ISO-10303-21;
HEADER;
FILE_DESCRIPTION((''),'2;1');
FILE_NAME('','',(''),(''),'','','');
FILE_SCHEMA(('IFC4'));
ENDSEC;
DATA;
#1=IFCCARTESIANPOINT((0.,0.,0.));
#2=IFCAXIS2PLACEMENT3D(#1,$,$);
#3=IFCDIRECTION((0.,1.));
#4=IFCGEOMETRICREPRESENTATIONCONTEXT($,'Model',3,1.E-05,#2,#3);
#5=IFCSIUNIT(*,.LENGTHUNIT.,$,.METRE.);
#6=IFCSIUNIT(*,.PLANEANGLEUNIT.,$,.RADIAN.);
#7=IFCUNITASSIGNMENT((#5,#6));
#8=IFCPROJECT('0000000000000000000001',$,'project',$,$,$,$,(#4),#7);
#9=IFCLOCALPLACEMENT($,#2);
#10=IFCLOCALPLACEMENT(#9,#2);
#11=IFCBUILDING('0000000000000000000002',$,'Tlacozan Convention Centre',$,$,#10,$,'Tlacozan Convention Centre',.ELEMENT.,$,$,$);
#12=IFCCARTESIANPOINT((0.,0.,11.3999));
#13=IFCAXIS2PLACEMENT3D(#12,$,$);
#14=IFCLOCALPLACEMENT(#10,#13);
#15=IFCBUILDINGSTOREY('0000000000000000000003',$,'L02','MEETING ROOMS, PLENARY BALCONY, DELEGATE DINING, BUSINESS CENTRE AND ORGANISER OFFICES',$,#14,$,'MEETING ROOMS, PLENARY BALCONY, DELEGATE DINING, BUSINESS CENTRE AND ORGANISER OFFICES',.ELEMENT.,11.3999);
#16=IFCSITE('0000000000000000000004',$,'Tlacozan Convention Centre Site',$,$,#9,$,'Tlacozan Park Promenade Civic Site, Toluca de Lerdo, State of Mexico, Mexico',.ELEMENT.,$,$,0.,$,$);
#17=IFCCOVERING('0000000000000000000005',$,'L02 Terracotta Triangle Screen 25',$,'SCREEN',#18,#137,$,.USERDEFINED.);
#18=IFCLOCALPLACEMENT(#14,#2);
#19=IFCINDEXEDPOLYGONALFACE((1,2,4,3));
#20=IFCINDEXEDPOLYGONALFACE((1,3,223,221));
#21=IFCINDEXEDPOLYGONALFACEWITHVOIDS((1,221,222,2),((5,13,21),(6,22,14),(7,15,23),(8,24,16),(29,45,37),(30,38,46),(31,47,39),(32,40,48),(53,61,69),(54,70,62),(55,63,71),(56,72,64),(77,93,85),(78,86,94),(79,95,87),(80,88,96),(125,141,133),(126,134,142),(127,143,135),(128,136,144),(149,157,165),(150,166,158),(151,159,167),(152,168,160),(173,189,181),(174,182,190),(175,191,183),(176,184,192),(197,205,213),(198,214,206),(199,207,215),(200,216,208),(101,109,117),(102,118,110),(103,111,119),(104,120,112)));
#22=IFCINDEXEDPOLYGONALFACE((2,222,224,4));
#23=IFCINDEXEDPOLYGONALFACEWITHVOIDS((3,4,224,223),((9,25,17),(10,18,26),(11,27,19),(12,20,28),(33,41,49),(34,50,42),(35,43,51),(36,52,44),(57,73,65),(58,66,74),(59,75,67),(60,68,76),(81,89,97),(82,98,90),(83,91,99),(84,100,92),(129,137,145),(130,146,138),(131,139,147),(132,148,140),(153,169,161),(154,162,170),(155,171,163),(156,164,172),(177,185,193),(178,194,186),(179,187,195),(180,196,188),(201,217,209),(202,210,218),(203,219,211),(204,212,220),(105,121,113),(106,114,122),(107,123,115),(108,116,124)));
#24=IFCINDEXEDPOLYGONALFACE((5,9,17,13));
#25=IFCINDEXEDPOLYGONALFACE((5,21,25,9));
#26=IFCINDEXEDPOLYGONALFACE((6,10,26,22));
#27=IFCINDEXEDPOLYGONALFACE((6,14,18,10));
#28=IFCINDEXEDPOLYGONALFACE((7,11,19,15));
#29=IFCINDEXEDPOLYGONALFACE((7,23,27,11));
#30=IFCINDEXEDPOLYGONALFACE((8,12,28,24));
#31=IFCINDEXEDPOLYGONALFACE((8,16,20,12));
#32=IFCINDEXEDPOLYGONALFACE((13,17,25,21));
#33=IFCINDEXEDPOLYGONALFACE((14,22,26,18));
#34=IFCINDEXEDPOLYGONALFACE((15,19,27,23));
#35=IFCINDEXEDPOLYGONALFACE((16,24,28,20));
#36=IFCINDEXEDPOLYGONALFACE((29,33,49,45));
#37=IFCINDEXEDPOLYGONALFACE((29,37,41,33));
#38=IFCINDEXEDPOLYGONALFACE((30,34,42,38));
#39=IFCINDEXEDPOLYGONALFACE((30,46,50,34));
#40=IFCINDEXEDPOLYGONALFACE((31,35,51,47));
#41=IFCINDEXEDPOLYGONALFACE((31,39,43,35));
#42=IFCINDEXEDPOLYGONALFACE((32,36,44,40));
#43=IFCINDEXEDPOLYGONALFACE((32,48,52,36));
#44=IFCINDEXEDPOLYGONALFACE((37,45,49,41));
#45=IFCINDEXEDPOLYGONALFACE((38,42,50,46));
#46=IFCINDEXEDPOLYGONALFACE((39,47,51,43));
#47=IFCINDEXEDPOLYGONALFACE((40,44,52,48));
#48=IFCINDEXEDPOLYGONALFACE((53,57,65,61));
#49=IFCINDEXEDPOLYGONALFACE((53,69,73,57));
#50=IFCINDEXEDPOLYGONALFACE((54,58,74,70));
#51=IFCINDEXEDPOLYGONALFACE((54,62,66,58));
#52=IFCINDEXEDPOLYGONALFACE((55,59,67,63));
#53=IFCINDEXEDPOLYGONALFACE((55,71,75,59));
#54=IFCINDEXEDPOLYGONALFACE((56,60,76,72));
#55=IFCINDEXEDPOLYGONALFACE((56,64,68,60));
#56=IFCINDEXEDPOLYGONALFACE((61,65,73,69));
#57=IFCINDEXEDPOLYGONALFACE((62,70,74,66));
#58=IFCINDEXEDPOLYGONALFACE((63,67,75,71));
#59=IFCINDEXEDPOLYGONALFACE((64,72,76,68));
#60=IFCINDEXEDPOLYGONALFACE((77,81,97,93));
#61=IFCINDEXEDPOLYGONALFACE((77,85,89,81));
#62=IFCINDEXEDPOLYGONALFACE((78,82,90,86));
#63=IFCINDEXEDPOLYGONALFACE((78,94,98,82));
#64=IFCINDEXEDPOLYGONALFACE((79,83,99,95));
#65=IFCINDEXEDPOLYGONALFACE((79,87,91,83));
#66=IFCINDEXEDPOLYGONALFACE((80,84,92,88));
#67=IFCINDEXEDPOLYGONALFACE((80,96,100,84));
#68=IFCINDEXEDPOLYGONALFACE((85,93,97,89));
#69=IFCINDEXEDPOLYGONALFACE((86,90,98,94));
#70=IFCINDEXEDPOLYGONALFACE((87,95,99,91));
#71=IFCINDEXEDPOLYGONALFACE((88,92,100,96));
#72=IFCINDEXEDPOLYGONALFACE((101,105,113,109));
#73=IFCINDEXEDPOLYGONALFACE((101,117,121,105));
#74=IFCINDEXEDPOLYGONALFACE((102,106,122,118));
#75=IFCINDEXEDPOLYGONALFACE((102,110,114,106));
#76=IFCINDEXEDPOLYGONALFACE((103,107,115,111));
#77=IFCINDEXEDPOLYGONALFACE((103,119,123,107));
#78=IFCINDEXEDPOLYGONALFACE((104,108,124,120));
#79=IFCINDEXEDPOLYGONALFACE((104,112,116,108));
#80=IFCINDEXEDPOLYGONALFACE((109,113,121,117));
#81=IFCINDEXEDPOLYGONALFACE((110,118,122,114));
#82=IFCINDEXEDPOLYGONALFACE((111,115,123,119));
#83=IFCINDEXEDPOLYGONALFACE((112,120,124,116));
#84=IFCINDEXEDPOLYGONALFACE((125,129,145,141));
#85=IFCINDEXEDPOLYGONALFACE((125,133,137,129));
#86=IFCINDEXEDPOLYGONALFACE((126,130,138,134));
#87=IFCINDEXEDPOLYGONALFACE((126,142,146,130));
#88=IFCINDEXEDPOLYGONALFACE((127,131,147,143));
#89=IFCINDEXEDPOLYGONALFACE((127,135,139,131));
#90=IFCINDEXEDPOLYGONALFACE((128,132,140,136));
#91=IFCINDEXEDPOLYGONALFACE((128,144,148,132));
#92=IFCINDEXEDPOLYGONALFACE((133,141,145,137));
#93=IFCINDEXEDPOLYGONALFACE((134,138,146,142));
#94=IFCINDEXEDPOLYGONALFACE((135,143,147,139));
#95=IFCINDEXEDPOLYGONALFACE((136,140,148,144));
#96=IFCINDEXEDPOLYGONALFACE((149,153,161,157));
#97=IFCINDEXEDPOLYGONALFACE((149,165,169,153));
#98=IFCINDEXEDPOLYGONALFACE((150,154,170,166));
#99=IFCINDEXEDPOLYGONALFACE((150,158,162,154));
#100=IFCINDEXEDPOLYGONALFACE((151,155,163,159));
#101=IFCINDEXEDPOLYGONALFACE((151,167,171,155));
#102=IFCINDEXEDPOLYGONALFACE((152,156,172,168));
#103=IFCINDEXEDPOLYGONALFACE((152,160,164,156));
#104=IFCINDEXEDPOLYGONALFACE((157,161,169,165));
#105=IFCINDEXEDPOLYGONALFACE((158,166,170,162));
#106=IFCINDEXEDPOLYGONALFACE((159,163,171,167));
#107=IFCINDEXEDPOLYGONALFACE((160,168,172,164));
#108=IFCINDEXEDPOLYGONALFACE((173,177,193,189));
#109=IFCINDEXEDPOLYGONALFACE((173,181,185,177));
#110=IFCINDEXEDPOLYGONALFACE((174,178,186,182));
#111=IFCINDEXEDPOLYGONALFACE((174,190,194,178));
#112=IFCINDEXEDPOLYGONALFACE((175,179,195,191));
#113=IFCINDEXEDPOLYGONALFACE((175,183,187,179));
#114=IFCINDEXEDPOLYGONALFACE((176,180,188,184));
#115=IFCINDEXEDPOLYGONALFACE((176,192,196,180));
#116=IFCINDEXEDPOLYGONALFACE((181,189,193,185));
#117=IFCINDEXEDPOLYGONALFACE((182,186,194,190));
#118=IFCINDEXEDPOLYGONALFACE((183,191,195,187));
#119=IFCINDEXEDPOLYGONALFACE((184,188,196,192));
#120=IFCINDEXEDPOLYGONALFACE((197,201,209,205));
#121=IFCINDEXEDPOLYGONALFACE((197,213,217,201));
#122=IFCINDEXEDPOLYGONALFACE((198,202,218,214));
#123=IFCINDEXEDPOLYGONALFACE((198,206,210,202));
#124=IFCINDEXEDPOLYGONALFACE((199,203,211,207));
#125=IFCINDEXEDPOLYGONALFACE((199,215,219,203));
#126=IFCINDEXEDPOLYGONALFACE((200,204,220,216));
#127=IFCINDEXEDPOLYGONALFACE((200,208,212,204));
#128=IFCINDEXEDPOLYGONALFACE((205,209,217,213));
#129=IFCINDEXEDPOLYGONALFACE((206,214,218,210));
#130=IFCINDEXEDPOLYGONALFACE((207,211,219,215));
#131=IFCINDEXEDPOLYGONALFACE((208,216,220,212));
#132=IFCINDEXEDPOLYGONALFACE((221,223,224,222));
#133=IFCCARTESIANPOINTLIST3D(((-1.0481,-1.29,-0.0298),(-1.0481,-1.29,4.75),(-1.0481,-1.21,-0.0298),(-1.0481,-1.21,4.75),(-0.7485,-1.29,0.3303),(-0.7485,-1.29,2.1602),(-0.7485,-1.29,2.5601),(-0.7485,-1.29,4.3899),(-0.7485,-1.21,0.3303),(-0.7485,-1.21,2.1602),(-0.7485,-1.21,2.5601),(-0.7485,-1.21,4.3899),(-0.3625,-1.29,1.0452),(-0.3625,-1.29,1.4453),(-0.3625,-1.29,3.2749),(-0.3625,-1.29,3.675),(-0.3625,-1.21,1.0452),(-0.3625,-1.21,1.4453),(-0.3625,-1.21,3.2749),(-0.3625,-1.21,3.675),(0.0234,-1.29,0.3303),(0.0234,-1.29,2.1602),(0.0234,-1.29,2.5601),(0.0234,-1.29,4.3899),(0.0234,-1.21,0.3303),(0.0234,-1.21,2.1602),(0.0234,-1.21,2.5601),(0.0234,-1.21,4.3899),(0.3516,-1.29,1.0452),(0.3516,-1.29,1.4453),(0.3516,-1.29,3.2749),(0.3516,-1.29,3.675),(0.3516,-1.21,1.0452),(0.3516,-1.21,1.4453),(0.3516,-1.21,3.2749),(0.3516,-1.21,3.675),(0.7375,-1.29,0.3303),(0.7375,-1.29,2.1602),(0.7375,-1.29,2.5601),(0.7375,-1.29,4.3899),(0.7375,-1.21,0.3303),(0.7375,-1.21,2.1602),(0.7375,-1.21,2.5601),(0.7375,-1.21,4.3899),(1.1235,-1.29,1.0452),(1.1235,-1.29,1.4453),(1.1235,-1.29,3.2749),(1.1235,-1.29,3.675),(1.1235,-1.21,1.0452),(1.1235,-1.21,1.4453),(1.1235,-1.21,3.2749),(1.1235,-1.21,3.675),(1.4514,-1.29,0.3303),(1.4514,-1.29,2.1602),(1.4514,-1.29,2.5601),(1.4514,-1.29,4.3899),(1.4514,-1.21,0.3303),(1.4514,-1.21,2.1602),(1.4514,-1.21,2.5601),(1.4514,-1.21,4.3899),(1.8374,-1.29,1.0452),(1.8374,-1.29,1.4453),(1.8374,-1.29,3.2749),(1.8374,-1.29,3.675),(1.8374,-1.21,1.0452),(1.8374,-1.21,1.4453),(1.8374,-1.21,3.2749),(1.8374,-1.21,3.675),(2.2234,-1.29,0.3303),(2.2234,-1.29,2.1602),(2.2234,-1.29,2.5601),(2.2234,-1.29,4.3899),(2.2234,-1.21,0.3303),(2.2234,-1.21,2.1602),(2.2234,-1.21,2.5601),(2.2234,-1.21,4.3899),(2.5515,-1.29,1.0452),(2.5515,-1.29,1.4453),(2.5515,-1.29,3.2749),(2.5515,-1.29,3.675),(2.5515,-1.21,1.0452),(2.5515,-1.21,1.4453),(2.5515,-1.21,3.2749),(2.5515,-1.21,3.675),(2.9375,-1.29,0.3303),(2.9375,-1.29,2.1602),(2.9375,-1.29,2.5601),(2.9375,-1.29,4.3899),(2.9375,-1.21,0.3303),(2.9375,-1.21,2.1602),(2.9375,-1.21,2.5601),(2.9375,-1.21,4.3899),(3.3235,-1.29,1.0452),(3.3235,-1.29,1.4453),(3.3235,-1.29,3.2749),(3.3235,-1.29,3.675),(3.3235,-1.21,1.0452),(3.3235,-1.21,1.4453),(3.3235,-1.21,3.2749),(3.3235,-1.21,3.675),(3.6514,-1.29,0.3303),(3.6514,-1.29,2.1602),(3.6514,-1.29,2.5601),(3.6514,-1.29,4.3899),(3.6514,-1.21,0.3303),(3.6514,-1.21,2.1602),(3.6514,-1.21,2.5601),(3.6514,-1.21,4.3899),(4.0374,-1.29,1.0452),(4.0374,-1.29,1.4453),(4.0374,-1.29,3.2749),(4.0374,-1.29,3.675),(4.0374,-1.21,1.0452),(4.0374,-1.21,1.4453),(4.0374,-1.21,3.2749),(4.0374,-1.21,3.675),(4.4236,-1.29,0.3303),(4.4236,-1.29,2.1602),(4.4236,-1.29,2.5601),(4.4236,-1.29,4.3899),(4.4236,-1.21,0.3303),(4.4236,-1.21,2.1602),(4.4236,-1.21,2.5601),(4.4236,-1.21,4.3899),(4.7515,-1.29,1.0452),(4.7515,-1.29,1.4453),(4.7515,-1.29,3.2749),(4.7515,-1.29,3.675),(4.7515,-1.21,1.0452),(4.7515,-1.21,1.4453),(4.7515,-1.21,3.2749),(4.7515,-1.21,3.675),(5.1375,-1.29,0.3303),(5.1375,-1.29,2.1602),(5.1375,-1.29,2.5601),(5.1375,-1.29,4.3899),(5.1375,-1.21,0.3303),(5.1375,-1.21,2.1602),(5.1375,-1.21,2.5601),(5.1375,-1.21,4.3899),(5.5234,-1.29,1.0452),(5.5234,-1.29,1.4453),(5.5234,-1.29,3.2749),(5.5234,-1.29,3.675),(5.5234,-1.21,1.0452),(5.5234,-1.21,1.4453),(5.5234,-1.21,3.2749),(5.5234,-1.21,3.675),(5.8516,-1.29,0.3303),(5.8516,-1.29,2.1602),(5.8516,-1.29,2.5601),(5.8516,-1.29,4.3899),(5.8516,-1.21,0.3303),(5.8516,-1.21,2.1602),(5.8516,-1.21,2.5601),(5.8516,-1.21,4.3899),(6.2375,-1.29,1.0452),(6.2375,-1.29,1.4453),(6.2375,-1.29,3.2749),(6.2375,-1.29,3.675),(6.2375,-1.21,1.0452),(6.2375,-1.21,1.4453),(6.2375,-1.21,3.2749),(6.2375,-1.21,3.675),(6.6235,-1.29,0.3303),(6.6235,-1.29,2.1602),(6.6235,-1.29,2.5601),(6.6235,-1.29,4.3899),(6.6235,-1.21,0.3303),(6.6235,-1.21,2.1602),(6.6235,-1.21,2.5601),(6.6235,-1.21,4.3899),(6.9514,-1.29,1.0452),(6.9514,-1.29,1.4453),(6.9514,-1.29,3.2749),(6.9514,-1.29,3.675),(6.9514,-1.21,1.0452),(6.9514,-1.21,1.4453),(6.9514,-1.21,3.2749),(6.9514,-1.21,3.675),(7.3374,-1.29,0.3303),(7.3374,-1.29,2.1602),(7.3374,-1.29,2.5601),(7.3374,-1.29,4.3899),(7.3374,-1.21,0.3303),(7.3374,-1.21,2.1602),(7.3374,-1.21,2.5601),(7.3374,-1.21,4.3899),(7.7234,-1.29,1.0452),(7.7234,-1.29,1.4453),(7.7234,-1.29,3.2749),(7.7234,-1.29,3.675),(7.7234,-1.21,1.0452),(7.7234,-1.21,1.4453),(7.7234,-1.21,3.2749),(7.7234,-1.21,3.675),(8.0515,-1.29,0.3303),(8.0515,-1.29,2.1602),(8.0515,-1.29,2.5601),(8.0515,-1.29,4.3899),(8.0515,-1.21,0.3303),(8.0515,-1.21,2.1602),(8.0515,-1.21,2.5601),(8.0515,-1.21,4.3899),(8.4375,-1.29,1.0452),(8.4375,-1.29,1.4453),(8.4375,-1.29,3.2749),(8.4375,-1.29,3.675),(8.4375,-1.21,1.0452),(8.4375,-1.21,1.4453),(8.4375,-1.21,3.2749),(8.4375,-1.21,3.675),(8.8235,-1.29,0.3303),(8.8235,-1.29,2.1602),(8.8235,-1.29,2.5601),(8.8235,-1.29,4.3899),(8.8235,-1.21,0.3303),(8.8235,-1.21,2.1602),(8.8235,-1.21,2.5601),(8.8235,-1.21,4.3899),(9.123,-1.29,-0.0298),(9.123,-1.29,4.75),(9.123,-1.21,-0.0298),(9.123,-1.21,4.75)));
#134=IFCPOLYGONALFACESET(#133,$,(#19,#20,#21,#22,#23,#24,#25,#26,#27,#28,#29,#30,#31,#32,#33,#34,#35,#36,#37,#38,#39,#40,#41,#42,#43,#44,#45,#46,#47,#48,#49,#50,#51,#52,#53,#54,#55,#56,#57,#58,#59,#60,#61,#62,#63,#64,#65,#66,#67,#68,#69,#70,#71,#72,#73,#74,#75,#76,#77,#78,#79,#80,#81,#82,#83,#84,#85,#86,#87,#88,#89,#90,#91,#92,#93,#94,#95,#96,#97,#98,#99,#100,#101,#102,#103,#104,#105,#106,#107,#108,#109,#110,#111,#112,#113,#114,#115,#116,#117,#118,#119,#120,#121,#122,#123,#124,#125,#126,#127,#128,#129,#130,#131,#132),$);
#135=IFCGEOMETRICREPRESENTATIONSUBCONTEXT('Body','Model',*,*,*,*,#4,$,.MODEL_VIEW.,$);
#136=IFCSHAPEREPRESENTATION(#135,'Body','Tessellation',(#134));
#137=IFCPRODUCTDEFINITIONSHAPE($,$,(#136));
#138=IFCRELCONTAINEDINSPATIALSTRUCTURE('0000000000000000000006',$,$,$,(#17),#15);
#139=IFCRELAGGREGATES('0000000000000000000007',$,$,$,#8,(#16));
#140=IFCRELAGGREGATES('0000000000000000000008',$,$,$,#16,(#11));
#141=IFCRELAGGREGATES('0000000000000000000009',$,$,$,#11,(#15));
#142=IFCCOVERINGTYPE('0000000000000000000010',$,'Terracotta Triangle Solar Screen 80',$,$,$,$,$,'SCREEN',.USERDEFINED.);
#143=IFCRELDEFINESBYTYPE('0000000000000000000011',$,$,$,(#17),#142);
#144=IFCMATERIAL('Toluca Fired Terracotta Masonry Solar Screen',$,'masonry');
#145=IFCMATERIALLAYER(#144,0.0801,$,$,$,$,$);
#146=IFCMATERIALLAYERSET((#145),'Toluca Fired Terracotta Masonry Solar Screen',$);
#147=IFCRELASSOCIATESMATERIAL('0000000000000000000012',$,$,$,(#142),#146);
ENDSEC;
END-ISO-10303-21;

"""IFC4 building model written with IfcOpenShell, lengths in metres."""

from ifc_helpers import new_model, si_unit, direction, frame, origin, place, context, subcontext, project, spatial, polyline, outline, extrude, material, layer, layer_set, type_object, element, save


model = new_model("IFC4")

# Units and contexts
model_context = context("Model", 3, precision=1e-05, world=origin(), true_north=direction((0.0, 1.0)))
body_context = subcontext(model_context, "Body", "Model", "MODEL_VIEW")
ifc_project = project(units=[si_unit("LENGTHUNIT", "METRE"), si_unit("PLANEANGLEUNIT", "RADIAN")], contexts=[model_context])

# Site, building, storey
site_placement = place(None, origin())
site = spatial("IfcSite", under=ifc_project, at=site_placement, Name="Tlacozan Convention Centre Site", LongName="Tlacozan Park Promenade Civic Site, Toluca de Lerdo, State of Mexico, Mexico", CompositionType="ELEMENT", RefElevation=0.0)
building_placement = place(site_placement, origin())
building = spatial("IfcBuilding", under=site, at=building_placement, Name="Tlacozan Convention Centre", LongName="Tlacozan Convention Centre", CompositionType="ELEMENT")
storey_placement = place(building_placement, frame((0.0, 0.0, 11.3999)))
storey = spatial("IfcBuildingStorey", under=building, at=storey_placement, Name="L02", Description="MEETING ROOMS, PLENARY BALCONY, DELEGATE DINING, BUSINESS CENTRE AND ORGANISER OFFICES", LongName="MEETING ROOMS, PLENARY BALCONY, DELEGATE DINING, BUSINESS CENTRE AND ORGANISER OFFICES", CompositionType="ELEMENT", Elevation=11.3999)

# Covering
ifc_material_1 = material(Name="Toluca Fired Terracotta Masonry Solar Screen", Category="masonry")
ifc_layer_1 = layer(ifc_material_1, 0.0801)
ifc_layer_set_1 = layer_set([ifc_layer_1], Name="Toluca Fired Terracotta Masonry Solar Screen")
covering_type_1 = type_object("IfcCoveringType", Name="Terracotta Triangle Solar Screen 80", ElementType="SCREEN", PredefinedType="USERDEFINED", material=ifc_layer_set_1)
covering_1_placement = place(storey_placement, frame((-1.0481, -1.25, -0.0298), z_axis=(0.0, 0.0, 1.0), x_axis=(1.0, 0.0, 0.0)))
element("IfcCovering", 1, at=covering_1_placement, inside=storey, type_object=covering_type_1, Name="L02 Terracotta Triangle Screen 25", ObjectType="SCREEN", PredefinedType="USERDEFINED", context=body_context, shape_type="SweptSolid", body=[
    extrude(outline(polyline([(0.0, 0.0), (10.1711, 0.0), (10.1711, 4.7798), (0.0, 4.7798), (0.0, 0.0)]), holes=[polyline([(0.2996, 0.3601), (1.0715, 0.3601), (0.6855, 1.075), (0.2996, 0.3601)]), polyline([(1.3997, 1.075), (2.1716, 1.075), (1.7856, 0.3601), (1.3997, 1.075)]), polyline([(2.4995, 0.3601), (3.2715, 0.3601), (2.8855, 1.075), (2.4995, 0.3601)]), polyline([(3.5996, 1.075), (4.3716, 1.075), (3.9856, 0.3601), (3.5996, 1.075)]), polyline([(4.6995, 0.3601), (5.4717, 0.3601), (5.0854, 1.075), (4.6995, 0.3601)]), polyline([(5.7996, 1.075), (6.5715, 1.075), (6.1855, 0.3601), (5.7996, 1.075)]), polyline([(6.8997, 0.3601), (7.6716, 0.3601), (7.2856, 1.075), (6.8997, 0.3601)]), polyline([(7.9995, 1.075), (8.7715, 1.075), (8.3855, 0.3601), (7.9995, 1.075)]), polyline([(9.0996, 0.3601), (9.8716, 0.3601), (9.4856, 1.075), (9.0996, 0.3601)]), polyline([(0.2996, 2.1899), (1.0715, 2.1899), (0.6855, 1.4751), (0.2996, 2.1899)]), polyline([(1.3997, 1.4751), (2.1716, 1.4751), (1.7856, 2.1899), (1.3997, 1.4751)]), polyline([(2.4995, 2.1899), (3.2715, 2.1899), (2.8855, 1.4751), (2.4995, 2.1899)]), polyline([(3.5996, 1.4751), (4.3716, 1.4751), (3.9856, 2.1899), (3.5996, 1.4751)]), polyline([(4.6995, 2.1899), (5.4717, 2.1899), (5.0854, 1.4751), (4.6995, 2.1899)]), polyline([(5.7996, 1.4751), (6.5715, 1.4751), (6.1855, 2.1899), (5.7996, 1.4751)]), polyline([(6.8997, 2.1899), (7.6716, 2.1899), (7.2856, 1.4751), (6.8997, 2.1899)]), polyline([(7.9995, 1.4751), (8.7715, 1.4751), (8.3855, 2.1899), (7.9995, 1.4751)]), polyline([(9.0996, 2.1899), (9.8716, 2.1899), (9.4856, 1.4751), (9.0996, 2.1899)]), polyline([(0.2996, 2.5898), (1.0715, 2.5898), (0.6855, 3.3047), (0.2996, 2.5898)]), polyline([(1.3997, 3.3047), (2.1716, 3.3047), (1.7856, 2.5898), (1.3997, 3.3047)]), polyline([(2.4995, 2.5898), (3.2715, 2.5898), (2.8855, 3.3047), (2.4995, 2.5898)]), polyline([(3.5996, 3.3047), (4.3716, 3.3047), (3.9856, 2.5898), (3.5996, 3.3047)]), polyline([(4.6995, 2.5898), (5.4717, 2.5898), (5.0854, 3.3047), (4.6995, 2.5898)]), polyline([(5.7996, 3.3047), (6.5715, 3.3047), (6.1855, 2.5898), (5.7996, 3.3047)]), polyline([(6.8997, 2.5898), (7.6716, 2.5898), (7.2856, 3.3047), (6.8997, 2.5898)]), polyline([(7.9995, 3.3047), (8.7715, 3.3047), (8.3855, 2.5898), (7.9995, 3.3047)]), polyline([(9.0996, 2.5898), (9.8716, 2.5898), (9.4856, 3.3047), (9.0996, 2.5898)]), polyline([(0.2996, 4.4197), (1.0715, 4.4197), (0.6855, 3.7048), (0.2996, 4.4197)]), polyline([(1.3997, 3.7048), (2.1716, 3.7048), (1.7856, 4.4197), (1.3997, 3.7048)]), polyline([(2.4995, 4.4197), (3.2715, 4.4197), (2.8855, 3.7048), (2.4995, 4.4197)]), polyline([(3.5996, 3.7048), (4.3716, 3.7048), (3.9856, 4.4197), (3.5996, 3.7048)]), polyline([(4.6995, 4.4197), (5.4717, 4.4197), (5.0854, 3.7048), (4.6995, 4.4197)]), polyline([(5.7996, 3.7048), (6.5715, 3.7048), (6.1855, 4.4197), (5.7996, 3.7048)]), polyline([(6.8997, 4.4197), (7.6716, 4.4197), (7.2856, 3.7048), (6.8997, 4.4197)]), polyline([(7.9995, 3.7048), (8.7715, 3.7048), (8.3855, 4.4197), (7.9995, 3.7048)]), polyline([(9.0996, 4.4197), (9.8716, 4.4197), (9.4856, 3.7048), (9.0996, 4.4197)])]), frame((0.0, 0.04, 0.0), z_axis=(0.0, -1.0, 0.0), x_axis=(1.0, 0.0, 0.0)), (0.0, 0.0, 1.0), 0.0801),
])

save(model, "model.ifc")
